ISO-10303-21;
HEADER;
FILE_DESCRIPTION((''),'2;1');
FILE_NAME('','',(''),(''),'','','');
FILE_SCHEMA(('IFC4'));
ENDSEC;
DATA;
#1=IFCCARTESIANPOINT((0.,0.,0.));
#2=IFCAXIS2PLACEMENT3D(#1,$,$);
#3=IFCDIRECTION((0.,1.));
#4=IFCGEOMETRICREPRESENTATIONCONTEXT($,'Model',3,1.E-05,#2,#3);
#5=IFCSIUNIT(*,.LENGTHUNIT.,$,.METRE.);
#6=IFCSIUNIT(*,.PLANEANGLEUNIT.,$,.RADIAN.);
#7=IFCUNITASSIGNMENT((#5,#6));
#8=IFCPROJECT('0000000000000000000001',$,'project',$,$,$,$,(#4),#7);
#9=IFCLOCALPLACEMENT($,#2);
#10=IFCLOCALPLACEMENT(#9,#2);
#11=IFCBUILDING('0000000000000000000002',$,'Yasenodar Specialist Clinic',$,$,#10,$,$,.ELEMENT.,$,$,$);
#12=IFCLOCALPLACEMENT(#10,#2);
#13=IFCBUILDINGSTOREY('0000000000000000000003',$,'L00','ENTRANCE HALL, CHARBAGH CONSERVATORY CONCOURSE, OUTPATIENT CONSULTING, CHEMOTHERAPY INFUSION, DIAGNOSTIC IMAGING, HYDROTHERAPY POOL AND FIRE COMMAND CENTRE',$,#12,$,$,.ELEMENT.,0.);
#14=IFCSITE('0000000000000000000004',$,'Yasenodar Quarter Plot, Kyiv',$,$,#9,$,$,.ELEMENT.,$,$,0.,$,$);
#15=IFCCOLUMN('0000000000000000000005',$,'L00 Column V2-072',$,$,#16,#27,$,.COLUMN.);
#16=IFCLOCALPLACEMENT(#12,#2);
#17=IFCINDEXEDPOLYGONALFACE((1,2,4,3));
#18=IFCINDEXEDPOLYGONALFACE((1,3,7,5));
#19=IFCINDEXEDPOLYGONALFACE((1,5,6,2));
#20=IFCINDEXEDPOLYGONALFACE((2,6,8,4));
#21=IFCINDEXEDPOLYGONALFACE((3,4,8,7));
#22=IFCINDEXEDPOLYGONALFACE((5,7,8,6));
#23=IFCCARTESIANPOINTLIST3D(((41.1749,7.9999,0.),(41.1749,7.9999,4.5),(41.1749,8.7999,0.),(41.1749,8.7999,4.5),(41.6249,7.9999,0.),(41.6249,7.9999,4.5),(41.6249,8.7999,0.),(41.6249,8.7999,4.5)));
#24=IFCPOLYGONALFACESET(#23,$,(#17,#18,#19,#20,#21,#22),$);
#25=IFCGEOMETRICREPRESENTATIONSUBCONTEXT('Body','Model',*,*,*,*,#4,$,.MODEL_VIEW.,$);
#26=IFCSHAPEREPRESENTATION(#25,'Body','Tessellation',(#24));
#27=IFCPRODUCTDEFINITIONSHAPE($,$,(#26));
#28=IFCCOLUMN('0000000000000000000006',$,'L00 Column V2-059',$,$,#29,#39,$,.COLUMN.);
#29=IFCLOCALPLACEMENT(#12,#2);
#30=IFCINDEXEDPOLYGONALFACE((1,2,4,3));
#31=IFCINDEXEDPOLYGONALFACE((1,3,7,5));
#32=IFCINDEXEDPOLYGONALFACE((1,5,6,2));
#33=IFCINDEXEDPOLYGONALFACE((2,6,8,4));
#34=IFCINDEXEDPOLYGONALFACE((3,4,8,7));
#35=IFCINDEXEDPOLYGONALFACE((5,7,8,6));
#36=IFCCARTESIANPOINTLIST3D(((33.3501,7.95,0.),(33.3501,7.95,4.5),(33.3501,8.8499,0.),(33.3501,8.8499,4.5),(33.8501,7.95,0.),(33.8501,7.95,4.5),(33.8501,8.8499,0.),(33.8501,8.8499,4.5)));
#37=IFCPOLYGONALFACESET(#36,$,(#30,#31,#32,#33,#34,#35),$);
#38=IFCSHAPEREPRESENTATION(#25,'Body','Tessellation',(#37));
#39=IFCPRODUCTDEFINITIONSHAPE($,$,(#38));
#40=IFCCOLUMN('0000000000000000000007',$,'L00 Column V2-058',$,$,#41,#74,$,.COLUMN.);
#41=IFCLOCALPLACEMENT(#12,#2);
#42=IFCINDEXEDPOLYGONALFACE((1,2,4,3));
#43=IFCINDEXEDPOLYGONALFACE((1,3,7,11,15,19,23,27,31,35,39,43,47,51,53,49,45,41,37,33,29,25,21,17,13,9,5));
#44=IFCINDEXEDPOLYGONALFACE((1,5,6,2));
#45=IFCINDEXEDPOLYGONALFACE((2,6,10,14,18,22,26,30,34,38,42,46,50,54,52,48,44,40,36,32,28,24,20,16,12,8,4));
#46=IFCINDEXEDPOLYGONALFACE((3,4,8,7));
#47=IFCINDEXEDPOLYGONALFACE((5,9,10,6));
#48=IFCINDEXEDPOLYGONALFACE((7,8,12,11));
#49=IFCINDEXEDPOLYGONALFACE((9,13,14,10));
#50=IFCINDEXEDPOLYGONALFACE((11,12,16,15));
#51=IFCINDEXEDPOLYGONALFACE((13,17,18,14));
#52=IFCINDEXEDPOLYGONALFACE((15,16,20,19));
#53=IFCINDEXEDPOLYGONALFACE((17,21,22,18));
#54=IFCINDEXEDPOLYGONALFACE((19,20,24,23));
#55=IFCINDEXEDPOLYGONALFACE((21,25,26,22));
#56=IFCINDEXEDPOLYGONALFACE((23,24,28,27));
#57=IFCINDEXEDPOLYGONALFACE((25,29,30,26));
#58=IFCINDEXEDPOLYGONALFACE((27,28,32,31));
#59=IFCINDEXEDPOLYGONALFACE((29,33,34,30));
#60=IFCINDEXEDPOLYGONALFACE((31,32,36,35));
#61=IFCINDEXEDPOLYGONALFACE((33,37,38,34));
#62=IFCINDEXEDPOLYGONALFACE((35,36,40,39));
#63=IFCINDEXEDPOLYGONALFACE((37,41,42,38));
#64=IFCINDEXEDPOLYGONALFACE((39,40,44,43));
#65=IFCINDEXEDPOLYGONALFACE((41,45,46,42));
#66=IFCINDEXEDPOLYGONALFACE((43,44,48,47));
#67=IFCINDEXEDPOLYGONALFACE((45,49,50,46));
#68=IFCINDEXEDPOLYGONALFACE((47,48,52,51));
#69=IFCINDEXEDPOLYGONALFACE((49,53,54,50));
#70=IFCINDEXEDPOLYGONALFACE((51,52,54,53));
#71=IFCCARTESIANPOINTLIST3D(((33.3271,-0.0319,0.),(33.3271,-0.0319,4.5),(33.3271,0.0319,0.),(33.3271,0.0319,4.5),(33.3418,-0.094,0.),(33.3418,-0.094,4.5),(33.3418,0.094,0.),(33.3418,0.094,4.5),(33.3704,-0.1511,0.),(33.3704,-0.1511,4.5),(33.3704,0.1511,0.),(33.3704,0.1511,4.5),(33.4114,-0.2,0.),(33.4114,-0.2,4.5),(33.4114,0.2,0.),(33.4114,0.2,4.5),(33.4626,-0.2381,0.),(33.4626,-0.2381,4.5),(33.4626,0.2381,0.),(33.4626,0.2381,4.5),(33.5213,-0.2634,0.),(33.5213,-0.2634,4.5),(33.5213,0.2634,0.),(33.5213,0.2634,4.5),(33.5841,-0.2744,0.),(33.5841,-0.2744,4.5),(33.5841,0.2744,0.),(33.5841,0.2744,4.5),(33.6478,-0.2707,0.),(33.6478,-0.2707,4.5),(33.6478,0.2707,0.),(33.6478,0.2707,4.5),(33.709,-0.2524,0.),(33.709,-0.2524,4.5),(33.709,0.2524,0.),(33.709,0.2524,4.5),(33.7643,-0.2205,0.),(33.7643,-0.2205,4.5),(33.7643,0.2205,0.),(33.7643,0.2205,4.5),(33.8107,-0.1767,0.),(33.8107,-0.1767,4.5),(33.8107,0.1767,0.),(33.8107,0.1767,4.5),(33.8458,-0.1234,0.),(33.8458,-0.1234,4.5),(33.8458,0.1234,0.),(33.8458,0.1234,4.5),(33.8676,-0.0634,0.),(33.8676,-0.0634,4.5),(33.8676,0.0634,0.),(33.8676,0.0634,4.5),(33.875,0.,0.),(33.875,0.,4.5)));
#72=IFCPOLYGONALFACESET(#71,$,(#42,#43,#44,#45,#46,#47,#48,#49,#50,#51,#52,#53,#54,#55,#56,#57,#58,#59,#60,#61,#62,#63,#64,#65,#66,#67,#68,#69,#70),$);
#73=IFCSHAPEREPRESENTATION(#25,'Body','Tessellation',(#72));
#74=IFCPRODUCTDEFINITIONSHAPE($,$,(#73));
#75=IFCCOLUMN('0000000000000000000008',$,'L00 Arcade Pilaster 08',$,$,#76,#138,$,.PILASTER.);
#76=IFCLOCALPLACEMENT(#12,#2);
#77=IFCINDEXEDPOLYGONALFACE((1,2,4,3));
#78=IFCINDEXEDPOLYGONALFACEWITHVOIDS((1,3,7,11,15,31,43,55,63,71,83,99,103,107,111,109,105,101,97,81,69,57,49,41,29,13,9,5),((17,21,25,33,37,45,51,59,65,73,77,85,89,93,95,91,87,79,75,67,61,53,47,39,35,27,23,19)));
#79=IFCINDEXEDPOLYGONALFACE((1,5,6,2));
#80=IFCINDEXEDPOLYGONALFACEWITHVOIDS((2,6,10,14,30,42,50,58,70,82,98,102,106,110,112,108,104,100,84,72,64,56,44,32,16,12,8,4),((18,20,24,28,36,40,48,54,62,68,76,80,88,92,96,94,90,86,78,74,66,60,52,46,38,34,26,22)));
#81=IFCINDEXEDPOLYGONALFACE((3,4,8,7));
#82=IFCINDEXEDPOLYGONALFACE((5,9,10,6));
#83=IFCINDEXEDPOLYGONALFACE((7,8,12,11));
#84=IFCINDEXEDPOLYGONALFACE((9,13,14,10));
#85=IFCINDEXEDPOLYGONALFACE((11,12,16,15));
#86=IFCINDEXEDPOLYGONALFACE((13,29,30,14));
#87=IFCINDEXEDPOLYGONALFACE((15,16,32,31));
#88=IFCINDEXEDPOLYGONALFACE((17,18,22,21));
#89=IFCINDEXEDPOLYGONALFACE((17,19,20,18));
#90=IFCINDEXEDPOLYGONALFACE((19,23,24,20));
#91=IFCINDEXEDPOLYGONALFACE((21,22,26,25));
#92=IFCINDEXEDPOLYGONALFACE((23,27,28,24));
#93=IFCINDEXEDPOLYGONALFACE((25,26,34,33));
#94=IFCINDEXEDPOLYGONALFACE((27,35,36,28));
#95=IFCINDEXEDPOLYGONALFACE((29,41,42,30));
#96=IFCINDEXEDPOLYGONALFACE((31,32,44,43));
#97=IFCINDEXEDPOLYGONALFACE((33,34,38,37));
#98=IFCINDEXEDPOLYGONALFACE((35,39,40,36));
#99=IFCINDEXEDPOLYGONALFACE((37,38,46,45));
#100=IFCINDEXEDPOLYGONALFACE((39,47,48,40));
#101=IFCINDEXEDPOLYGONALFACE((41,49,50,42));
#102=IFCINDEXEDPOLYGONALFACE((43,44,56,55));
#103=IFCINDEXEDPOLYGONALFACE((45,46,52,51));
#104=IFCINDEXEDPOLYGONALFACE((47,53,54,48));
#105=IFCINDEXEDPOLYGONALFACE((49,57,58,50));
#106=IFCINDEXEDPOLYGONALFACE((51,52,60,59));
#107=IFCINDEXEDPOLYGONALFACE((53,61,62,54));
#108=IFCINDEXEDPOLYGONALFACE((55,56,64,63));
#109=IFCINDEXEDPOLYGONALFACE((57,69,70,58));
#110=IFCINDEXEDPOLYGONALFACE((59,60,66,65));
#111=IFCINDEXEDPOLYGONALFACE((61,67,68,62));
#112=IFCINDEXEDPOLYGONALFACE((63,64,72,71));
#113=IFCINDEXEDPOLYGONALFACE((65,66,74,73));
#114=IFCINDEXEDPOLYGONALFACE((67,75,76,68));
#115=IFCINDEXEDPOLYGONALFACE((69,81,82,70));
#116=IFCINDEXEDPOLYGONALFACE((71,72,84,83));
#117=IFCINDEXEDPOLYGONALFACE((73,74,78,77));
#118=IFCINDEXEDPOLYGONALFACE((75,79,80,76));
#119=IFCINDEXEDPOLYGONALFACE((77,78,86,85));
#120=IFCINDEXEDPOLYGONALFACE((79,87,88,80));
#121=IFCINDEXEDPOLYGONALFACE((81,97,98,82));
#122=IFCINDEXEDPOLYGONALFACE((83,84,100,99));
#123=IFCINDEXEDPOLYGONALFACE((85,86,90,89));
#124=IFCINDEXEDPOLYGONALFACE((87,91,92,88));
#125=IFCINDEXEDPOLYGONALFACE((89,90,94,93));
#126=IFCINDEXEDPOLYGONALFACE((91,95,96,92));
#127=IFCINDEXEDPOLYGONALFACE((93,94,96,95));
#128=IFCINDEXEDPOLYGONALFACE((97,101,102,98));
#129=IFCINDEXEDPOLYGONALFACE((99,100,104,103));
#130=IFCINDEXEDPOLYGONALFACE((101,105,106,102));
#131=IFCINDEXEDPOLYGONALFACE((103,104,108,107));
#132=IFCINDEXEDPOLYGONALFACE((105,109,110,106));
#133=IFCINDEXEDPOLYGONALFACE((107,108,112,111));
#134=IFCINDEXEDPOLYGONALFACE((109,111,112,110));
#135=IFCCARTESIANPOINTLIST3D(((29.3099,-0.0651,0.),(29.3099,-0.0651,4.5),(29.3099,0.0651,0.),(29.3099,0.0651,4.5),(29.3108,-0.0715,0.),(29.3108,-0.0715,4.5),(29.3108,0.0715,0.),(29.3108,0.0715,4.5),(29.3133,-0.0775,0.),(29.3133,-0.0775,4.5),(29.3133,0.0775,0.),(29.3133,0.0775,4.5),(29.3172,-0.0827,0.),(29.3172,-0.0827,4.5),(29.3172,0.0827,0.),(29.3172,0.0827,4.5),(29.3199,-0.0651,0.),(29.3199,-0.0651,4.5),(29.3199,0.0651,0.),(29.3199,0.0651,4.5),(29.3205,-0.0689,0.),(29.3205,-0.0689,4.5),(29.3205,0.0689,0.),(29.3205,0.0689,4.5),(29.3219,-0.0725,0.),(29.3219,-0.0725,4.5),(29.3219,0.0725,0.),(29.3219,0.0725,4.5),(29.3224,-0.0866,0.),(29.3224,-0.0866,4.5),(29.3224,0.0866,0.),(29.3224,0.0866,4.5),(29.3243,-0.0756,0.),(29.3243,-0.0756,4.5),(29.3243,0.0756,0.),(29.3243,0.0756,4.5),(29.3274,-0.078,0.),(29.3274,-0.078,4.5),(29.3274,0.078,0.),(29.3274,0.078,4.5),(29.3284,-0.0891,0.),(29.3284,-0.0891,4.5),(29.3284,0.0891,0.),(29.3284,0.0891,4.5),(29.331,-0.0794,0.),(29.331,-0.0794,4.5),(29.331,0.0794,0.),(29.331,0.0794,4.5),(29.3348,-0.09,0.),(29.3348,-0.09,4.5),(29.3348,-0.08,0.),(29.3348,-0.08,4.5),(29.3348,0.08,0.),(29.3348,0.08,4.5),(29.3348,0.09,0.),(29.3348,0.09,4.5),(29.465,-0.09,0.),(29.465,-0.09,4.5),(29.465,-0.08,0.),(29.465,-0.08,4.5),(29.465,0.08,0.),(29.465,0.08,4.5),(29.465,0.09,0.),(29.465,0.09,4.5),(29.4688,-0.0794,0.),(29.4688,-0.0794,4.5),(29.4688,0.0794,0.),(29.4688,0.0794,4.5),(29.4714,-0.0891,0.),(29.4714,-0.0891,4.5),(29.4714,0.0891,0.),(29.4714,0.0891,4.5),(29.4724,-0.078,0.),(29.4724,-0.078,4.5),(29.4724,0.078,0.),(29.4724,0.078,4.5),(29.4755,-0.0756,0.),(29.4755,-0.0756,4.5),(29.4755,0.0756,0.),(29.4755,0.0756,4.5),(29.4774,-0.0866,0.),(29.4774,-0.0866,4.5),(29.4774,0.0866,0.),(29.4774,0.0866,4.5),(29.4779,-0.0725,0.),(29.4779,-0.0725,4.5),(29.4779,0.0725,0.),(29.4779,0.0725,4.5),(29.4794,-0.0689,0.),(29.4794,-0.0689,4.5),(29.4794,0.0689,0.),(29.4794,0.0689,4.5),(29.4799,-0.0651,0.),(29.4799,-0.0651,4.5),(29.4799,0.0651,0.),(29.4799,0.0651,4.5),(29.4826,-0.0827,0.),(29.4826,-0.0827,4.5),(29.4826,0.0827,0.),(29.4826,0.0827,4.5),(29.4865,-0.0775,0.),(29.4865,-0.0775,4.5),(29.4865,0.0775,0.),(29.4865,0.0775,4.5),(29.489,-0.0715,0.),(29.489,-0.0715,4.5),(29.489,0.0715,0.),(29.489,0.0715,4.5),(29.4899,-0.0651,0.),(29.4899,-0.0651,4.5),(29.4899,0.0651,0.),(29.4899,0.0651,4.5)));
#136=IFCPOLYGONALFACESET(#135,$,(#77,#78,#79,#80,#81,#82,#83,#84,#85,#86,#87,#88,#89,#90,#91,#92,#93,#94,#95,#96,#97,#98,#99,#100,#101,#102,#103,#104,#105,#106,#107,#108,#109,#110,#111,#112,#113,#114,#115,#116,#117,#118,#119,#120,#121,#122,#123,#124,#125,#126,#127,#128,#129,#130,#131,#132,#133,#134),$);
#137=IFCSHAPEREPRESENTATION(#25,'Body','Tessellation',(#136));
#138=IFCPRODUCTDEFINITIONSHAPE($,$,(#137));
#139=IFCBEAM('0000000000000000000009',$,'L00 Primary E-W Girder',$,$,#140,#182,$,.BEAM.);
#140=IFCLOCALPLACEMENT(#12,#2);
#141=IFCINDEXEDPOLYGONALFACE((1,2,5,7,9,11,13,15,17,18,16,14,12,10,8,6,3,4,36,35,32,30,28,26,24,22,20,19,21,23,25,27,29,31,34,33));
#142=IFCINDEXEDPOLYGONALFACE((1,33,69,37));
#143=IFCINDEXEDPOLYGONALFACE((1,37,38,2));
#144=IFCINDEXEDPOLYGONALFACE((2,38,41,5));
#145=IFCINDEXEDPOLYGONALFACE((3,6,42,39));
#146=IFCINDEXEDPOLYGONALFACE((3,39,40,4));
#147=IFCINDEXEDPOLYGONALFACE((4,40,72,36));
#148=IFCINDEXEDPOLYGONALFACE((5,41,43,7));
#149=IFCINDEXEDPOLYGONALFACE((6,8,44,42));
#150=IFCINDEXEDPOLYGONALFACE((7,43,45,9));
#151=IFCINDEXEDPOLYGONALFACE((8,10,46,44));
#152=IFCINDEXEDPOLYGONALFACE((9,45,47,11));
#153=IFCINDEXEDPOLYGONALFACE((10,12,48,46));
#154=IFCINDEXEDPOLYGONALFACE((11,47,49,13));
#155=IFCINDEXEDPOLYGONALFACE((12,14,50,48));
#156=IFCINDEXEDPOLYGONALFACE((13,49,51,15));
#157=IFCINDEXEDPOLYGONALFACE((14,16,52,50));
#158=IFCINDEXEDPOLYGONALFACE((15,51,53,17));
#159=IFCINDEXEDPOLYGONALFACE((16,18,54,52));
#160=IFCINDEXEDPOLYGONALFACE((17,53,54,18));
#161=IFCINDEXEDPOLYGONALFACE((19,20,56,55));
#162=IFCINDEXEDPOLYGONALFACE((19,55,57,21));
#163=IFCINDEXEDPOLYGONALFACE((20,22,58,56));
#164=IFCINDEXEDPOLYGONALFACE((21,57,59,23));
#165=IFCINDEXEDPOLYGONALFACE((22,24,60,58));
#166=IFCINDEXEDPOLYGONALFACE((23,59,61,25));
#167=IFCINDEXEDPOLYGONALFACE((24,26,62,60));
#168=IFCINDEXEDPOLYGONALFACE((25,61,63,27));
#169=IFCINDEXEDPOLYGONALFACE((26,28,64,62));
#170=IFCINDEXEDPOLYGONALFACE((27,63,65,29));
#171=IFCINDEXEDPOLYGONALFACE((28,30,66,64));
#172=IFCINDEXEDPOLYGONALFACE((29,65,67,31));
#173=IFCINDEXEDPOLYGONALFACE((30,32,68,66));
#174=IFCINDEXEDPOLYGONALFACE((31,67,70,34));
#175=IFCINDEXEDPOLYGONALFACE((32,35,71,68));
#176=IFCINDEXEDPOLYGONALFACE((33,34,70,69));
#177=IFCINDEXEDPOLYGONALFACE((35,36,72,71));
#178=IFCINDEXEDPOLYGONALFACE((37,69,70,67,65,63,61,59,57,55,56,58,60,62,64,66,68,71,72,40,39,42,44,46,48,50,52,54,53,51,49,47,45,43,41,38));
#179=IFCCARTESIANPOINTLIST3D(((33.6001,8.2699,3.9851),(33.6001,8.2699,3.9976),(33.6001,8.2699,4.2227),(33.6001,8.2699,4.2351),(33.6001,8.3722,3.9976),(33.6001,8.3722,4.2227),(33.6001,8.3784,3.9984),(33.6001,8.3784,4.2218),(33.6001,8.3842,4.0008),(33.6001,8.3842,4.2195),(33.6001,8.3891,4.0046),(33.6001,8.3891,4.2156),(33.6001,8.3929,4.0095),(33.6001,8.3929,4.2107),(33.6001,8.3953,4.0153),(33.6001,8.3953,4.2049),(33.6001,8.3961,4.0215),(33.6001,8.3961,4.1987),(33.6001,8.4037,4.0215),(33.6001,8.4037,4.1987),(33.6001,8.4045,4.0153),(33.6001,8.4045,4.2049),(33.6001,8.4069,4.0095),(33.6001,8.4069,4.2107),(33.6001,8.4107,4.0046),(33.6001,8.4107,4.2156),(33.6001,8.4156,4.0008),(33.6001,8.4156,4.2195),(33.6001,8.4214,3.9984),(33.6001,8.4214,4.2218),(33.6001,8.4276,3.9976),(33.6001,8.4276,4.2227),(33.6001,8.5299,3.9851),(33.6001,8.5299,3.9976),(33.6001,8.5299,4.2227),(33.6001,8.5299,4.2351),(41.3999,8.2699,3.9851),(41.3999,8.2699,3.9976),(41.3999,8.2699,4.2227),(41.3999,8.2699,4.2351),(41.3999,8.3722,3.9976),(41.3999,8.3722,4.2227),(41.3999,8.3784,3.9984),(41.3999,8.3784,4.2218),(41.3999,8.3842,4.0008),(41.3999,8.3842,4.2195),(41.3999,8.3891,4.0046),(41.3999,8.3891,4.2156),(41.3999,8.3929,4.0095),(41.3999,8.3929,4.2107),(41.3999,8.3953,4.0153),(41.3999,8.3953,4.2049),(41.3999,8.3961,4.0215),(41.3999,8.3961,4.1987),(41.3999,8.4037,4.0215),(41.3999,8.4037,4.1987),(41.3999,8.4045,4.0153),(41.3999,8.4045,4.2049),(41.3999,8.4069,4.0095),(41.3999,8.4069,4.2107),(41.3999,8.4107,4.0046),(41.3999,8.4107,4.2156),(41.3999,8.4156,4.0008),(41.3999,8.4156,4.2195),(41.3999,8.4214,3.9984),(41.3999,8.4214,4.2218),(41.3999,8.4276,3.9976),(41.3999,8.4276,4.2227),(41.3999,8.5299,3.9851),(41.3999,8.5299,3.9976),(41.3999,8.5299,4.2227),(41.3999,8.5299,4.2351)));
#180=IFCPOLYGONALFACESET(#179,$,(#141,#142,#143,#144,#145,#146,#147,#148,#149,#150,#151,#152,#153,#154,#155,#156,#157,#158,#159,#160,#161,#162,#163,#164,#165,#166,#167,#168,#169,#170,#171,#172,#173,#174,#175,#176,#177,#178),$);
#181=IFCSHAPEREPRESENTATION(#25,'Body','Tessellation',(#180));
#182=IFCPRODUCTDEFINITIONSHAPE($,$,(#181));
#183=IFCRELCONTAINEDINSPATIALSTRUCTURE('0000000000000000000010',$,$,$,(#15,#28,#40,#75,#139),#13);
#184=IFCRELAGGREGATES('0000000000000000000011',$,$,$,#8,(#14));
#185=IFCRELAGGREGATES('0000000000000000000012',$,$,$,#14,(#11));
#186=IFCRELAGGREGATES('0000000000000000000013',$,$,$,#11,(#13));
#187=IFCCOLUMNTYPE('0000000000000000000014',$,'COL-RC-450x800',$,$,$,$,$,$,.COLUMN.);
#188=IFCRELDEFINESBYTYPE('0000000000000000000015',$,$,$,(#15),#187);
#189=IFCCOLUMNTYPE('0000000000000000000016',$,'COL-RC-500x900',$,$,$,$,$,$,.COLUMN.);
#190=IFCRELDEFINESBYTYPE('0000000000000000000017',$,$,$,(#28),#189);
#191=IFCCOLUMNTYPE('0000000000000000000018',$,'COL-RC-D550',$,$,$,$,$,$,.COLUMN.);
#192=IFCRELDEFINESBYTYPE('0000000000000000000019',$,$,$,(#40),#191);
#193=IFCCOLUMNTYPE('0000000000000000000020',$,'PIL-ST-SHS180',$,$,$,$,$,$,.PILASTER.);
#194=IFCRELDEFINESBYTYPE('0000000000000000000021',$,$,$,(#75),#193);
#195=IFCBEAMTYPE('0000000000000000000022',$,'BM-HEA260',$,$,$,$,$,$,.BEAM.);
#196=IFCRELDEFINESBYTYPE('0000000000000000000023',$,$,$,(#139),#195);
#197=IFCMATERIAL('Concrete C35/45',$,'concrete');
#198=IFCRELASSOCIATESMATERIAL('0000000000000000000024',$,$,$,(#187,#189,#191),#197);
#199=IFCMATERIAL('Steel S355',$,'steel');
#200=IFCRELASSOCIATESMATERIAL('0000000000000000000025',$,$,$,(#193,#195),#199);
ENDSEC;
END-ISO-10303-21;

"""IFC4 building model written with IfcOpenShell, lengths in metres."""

from ifc_helpers import new_model, si_unit, direction, frame, origin, origin_2d, place, context, subcontext, project, spatial, rectangle, hollow_rectangle, circle, i_section, extrude, material, material_profile, profile_set, type_object, element, save


model = new_model("IFC4")

# Units and contexts
model_context = context("Model", 3, precision=1e-05, world=origin(), true_north=direction((0.0, 1.0)))
body_context = subcontext(model_context, "Body", "Model", "MODEL_VIEW")
ifc_project = project(units=[si_unit("LENGTHUNIT", "METRE"), si_unit("PLANEANGLEUNIT", "RADIAN")], contexts=[model_context])

# Site, building, storey
site_placement = place(None, origin())
site = spatial("IfcSite", under=ifc_project, at=site_placement, Name="Yasenodar Quarter Plot, Kyiv", CompositionType="ELEMENT", RefElevation=0.0)
building_placement = place(site_placement, origin())
building = spatial("IfcBuilding", under=site, at=building_placement, Name="Yasenodar Specialist Clinic", CompositionType="ELEMENT")
storey_placement = place(building_placement, origin())
storey = spatial("IfcBuildingStorey", under=building, at=storey_placement, Name="L00", Description="ENTRANCE HALL, CHARBAGH CONSERVATORY CONCOURSE, OUTPATIENT CONSULTING, CHEMOTHERAPY INFUSION, DIAGNOSTIC IMAGING, HYDROTHERAPY POOL AND FIRE COMMAND CENTRE", CompositionType="ELEMENT", Elevation=0.0)

# Columns
ifc_material_1 = material(Name="Concrete C35/45", Category="concrete")
ifc_material_profile_1 = material_profile(ifc_material_1, rectangle(XDim=0.45, YDim=0.8, at=origin_2d()), Name="RC 450x800")
ifc_profile_set_1 = profile_set([ifc_material_profile_1], Name="Concrete C35/45")
column_type_1 = type_object("IfcColumnType", Name="COL-RC-450x800", PredefinedType="COLUMN", material=ifc_profile_set_1)
column_1_placement = place(storey_placement, frame((41.3999, 8.3999, 0.0), z_axis=(0.0, 0.0, 1.0), x_axis=(1.0, 0.0, 0.0)))
element("IfcColumn", 1, at=column_1_placement, inside=storey, type_object=column_type_1, Name="L00 Column V2-072", PredefinedType="COLUMN", context=body_context, shape_type="SweptSolid", body=[
    extrude(rectangle(XDim=0.45, YDim=0.8, at=origin_2d()), origin(), (0.0, 0.0, 1.0), 4.5),
])
ifc_material_profile_2 = material_profile(ifc_material_1, rectangle(XDim=0.5, YDim=0.8999, at=origin_2d()), Name="RC 500x900")
ifc_profile_set_2 = profile_set([ifc_material_profile_2], Name="Concrete C35/45")
column_type_2 = type_object("IfcColumnType", Name="COL-RC-500x900", PredefinedType="COLUMN", material=ifc_profile_set_2)
column_2_placement = place(storey_placement, frame((33.6001, 8.3999, 0.0), z_axis=(0.0, 0.0, 1.0), x_axis=(1.0, 0.0, 0.0)))
element("IfcColumn", 2, at=column_2_placement, inside=storey, type_object=column_type_2, Name="L00 Column V2-059", PredefinedType="COLUMN", context=body_context, shape_type="SweptSolid", body=[
    extrude(rectangle(XDim=0.5, YDim=0.8999, at=origin_2d()), origin(), (0.0, 0.0, 1.0), 4.5),
])
ifc_material_profile_3 = material_profile(ifc_material_1, circle(Radius=0.2749, at=origin_2d()), Name="RC D550")
ifc_profile_set_3 = profile_set([ifc_material_profile_3], Name="Concrete C35/45")
column_type_3 = type_object("IfcColumnType", Name="COL-RC-D550", PredefinedType="COLUMN", material=ifc_profile_set_3)
column_3_placement = place(storey_placement, frame((33.6001, 0.0, 0.0), z_axis=(0.0, 0.0, 1.0), x_axis=(1.0, 0.0, 0.0)))
element("IfcColumn", 3, at=column_3_placement, inside=storey, type_object=column_type_3, Name="L00 Column V2-058", PredefinedType="COLUMN", context=body_context, shape_type="SweptSolid", body=[
    extrude(circle(Radius=0.2749, at=origin_2d()), origin(), (0.0, 0.0, 1.0), 4.5),
])
ifc_material_2 = material(Name="Steel S355", Category="steel")
ifc_material_profile_4 = material_profile(ifc_material_2, hollow_rectangle(XDim=0.1799, YDim=0.1799, WallThickness=0.01, InnerFilletRadius=0.0149, OuterFilletRadius=0.0249, at=origin_2d()), Name="SHS 180x180x10")
ifc_profile_set_4 = profile_set([ifc_material_profile_4], Name="Steel S355")
column_type_4 = type_object("IfcColumnType", Name="PIL-ST-SHS180", PredefinedType="PILASTER", material=ifc_profile_set_4)
column_4_placement = place(storey_placement, frame((29.3999, 0.0, 0.0), z_axis=(0.0, 0.0, 1.0), x_axis=(1.0, 0.0, 0.0)))
element("IfcColumn", 4, at=column_4_placement, inside=storey, type_object=column_type_4, Name="L00 Arcade Pilaster 08", PredefinedType="PILASTER", context=body_context, shape_type="SweptSolid", body=[
    extrude(hollow_rectangle(XDim=0.1799, YDim=0.1799, WallThickness=0.01, InnerFilletRadius=0.0149, OuterFilletRadius=0.0249, at=origin_2d()), origin(), (0.0, 0.0, 1.0), 4.5),
])

# Beam
ifc_material_profile_5 = material_profile(ifc_material_2, i_section(OverallWidth=0.26, OverallDepth=0.25, WebThickness=0.0076, FlangeThickness=0.0125, FilletRadius=0.0239, at=origin_2d()), Name="HEA 260")
ifc_profile_set_5 = profile_set([ifc_material_profile_5], Name="Steel S355")
beam_type_1 = type_object("IfcBeamType", Name="BM-HEA260", PredefinedType="BEAM", material=ifc_profile_set_5)
beam_1_placement = place(storey_placement, frame((33.6001, 8.3999, 4.1101), z_axis=(1.0, 0.0, 0.0), x_axis=(0.0, 1.0, 0.0)))
element("IfcBeam", 5, at=beam_1_placement, inside=storey, type_object=beam_type_1, Name="L00 Primary E-W Girder", PredefinedType="BEAM", context=body_context, shape_type="SweptSolid", body=[
    extrude(i_section(OverallWidth=0.26, OverallDepth=0.25, WebThickness=0.0076, FlangeThickness=0.0125, FilletRadius=0.0239, at=origin_2d()), origin(), (0.0, 0.0, 1.0), 7.7998),
])

save(model, "model.ifc")
